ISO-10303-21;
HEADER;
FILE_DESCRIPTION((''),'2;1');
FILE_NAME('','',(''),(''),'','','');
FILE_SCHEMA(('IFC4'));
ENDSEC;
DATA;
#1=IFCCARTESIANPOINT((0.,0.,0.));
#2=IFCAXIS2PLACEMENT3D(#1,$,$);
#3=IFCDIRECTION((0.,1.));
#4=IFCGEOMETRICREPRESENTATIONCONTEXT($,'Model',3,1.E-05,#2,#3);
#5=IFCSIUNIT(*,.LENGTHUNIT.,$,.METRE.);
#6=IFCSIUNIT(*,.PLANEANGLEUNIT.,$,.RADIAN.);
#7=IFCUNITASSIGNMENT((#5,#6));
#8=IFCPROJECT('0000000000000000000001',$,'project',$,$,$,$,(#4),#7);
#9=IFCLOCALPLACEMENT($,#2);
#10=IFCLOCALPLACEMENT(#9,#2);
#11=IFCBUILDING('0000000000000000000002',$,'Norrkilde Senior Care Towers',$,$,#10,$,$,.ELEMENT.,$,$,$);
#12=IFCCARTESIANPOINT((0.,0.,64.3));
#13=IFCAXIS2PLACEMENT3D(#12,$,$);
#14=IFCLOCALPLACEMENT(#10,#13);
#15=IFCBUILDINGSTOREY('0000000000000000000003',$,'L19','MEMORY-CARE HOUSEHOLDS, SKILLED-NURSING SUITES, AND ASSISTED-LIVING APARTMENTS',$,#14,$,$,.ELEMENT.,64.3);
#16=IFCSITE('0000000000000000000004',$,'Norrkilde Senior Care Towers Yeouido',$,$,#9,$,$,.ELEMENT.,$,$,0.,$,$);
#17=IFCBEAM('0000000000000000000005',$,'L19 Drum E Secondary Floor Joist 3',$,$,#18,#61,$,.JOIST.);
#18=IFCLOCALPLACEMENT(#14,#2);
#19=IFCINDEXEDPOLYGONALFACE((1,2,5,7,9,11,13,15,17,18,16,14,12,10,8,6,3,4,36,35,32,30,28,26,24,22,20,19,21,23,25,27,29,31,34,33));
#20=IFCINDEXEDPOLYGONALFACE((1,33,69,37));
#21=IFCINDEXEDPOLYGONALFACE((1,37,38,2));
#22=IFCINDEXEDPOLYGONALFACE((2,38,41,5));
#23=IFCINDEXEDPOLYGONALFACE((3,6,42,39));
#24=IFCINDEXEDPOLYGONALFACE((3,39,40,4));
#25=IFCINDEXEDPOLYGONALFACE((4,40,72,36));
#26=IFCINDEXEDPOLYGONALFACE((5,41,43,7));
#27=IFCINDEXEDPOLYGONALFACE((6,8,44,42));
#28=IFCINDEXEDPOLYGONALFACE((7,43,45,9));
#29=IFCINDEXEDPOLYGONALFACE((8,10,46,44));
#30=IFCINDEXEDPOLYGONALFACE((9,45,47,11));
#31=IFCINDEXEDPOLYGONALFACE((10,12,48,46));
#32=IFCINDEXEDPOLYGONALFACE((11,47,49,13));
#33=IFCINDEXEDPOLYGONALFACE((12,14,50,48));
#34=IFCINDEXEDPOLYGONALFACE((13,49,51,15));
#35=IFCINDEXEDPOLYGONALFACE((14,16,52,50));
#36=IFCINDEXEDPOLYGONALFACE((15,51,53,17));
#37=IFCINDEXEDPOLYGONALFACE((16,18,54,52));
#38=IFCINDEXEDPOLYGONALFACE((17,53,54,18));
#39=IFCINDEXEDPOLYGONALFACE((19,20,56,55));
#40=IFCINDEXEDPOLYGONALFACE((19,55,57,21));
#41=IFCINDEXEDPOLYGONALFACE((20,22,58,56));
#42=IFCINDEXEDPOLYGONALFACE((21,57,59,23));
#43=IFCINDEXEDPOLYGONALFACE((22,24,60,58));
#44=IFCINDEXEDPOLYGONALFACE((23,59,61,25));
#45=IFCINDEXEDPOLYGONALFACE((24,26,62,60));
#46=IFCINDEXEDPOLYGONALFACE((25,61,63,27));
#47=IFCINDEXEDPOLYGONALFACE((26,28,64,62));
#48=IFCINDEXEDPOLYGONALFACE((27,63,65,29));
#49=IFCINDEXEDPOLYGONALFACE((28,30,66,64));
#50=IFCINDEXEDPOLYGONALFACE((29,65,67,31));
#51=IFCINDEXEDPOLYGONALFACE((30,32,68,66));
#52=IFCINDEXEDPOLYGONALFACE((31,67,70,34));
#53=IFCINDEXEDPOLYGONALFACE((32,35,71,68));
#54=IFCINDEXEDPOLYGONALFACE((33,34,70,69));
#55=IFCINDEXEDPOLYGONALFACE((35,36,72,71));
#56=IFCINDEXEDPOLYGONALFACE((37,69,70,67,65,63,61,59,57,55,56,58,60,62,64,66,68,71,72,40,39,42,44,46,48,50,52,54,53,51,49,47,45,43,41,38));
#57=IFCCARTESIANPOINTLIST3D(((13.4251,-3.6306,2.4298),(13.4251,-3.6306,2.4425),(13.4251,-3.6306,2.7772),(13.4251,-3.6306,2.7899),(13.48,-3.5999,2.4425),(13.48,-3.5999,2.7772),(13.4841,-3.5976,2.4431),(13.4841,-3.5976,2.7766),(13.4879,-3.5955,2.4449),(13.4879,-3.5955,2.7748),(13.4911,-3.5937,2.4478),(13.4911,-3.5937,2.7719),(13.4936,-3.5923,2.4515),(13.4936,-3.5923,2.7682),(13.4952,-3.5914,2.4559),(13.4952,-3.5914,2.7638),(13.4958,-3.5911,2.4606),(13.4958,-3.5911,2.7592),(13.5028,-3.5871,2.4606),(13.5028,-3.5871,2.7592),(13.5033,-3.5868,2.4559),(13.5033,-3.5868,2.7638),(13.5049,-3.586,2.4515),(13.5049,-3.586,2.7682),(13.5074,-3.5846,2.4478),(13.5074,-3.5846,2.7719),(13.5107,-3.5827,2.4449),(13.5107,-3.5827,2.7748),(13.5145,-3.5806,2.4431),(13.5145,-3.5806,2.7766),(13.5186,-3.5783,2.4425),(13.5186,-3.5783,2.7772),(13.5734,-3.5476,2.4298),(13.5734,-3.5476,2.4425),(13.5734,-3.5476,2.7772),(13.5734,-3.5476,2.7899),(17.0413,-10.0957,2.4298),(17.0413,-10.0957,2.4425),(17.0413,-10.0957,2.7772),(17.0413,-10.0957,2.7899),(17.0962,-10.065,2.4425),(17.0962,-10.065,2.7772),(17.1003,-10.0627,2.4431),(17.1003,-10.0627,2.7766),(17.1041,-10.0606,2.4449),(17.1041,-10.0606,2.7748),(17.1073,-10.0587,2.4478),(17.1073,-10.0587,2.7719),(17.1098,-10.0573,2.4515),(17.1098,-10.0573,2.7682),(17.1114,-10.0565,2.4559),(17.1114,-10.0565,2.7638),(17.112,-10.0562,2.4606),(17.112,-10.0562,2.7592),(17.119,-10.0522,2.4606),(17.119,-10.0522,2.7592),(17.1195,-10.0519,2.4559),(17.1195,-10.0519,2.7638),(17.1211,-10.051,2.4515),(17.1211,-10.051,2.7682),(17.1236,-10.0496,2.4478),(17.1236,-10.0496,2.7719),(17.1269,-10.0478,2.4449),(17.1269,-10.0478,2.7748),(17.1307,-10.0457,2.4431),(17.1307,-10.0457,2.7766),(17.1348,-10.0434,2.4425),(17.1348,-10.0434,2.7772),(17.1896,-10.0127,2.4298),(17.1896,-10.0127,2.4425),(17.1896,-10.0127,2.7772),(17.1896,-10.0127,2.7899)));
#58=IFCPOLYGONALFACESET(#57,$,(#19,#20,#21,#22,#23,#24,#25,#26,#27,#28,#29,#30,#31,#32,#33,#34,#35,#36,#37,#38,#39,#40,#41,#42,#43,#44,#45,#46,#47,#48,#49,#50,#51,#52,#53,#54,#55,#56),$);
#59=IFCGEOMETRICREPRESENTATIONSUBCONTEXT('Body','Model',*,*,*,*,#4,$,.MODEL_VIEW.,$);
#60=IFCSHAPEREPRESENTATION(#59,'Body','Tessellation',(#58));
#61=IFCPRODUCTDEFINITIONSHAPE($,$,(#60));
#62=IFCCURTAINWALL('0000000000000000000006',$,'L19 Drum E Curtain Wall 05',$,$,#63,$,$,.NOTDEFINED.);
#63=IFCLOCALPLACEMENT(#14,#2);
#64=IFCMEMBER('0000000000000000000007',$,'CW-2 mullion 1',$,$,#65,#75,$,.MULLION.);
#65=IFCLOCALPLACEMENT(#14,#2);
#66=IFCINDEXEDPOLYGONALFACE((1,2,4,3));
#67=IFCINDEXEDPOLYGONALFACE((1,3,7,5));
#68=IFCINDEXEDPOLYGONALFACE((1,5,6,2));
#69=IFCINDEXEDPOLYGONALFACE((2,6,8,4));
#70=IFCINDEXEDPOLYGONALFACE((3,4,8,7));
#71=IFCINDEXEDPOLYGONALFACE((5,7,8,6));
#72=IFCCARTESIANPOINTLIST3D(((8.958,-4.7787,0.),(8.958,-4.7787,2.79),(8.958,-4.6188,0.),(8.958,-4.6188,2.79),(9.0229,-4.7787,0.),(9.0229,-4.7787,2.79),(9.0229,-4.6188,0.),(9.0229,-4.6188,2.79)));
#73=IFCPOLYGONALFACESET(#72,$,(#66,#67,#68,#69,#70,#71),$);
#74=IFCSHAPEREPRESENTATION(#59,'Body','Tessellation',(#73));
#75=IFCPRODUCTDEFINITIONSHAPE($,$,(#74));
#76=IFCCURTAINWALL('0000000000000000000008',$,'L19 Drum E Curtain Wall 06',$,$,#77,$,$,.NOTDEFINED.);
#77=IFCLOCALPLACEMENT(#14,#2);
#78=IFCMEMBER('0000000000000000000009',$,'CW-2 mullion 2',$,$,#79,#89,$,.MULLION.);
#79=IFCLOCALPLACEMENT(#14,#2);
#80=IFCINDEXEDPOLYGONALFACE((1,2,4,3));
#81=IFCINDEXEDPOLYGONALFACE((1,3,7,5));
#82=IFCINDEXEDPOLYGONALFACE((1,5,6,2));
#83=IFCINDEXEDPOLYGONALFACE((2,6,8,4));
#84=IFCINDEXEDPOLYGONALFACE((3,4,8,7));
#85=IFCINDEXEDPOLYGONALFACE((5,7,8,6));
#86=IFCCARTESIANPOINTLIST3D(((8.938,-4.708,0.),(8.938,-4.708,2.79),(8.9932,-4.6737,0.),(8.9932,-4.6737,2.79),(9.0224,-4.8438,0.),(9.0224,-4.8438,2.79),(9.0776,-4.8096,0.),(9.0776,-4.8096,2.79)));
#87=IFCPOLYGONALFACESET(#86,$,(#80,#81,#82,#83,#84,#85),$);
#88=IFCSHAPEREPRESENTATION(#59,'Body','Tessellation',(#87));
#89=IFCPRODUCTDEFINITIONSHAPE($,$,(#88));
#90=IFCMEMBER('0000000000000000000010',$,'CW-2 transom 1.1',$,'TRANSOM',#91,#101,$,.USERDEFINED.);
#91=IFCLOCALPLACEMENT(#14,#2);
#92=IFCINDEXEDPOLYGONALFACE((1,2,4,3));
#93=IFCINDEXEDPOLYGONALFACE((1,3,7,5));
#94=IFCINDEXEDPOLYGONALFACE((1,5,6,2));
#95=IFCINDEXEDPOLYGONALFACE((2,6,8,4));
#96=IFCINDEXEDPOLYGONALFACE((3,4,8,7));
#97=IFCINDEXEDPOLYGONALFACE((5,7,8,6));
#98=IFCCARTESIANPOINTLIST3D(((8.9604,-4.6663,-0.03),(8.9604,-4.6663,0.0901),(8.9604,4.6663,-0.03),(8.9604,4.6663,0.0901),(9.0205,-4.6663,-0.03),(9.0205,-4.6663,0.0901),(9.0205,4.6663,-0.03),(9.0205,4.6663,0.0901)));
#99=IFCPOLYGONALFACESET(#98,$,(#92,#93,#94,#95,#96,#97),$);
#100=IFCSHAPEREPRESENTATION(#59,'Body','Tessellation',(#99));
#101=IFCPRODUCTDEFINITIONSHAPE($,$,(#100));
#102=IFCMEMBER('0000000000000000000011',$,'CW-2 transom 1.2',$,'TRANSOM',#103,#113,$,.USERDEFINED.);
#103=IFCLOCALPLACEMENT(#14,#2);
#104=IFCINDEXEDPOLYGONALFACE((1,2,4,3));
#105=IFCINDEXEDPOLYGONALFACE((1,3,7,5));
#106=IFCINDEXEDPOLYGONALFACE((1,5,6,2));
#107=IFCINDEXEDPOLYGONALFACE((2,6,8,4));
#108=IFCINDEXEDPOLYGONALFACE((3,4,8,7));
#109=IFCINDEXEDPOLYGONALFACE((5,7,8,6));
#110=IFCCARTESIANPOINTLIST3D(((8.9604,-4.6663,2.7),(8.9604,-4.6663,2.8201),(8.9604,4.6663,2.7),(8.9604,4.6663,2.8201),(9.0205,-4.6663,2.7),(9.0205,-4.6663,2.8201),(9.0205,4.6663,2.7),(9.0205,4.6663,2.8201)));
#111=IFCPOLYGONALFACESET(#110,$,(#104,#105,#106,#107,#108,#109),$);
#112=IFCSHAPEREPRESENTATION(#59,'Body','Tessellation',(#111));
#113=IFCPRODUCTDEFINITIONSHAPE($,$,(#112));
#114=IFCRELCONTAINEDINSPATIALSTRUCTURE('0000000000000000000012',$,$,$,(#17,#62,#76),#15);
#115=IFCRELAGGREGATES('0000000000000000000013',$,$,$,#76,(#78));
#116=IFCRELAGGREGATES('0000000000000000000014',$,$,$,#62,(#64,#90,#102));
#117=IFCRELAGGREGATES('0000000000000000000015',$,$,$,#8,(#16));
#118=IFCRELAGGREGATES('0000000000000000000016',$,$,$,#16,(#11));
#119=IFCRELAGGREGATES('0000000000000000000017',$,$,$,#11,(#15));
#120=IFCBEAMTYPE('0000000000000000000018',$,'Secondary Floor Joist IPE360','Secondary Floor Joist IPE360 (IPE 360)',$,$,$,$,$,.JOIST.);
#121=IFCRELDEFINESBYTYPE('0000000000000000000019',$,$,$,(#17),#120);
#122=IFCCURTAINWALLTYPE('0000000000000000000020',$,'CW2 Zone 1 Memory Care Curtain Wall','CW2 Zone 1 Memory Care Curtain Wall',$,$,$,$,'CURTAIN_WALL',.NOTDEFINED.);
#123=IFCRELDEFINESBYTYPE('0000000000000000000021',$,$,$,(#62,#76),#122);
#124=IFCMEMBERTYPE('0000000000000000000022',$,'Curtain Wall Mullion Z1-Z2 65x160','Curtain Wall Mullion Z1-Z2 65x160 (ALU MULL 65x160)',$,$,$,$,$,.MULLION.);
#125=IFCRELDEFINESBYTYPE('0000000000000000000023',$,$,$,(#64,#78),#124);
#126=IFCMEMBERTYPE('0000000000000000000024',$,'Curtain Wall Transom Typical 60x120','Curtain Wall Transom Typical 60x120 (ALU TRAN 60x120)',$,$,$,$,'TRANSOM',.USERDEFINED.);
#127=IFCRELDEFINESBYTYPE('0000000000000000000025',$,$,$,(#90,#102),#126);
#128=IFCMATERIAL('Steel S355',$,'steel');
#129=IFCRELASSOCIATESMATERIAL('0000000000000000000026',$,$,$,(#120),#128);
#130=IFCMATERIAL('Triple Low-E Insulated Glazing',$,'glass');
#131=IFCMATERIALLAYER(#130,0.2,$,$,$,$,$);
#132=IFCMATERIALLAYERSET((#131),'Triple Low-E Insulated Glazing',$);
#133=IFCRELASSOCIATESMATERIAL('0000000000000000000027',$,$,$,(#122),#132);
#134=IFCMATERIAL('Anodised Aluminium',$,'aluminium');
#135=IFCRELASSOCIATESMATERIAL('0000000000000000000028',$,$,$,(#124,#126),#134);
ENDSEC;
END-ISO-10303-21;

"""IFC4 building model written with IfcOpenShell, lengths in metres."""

from ifc_helpers import new_model, si_unit, direction, frame, origin, origin_2d, place, context, subcontext, project, spatial, rectangle, i_section, extrude, source, transform, mapped, material, layer, layer_set, material_profile, profile_set, type_object, type_shapes, element, aggregate, save


model = new_model("IFC4")

# Units and contexts
model_context = context("Model", 3, precision=1e-05, world=origin(), true_north=direction((0.0, 1.0)))
body_context = subcontext(model_context, "Body", "Model", "MODEL_VIEW")
ifc_project = project(units=[si_unit("LENGTHUNIT", "METRE"), si_unit("PLANEANGLEUNIT", "RADIAN")], contexts=[model_context])

# Site, building, storey
site_placement = place(None, origin())
site = spatial("IfcSite", under=ifc_project, at=site_placement, Name="Norrkilde Senior Care Towers Yeouido", CompositionType="ELEMENT", RefElevation=0.0)
building_placement = place(site_placement, origin())
building = spatial("IfcBuilding", under=site, at=building_placement, Name="Norrkilde Senior Care Towers", CompositionType="ELEMENT")
storey_placement = place(building_placement, frame((0.0, 0.0, 64.3)))
storey = spatial("IfcBuildingStorey", under=building, at=storey_placement, Name="L19", Description="MEMORY-CARE HOUSEHOLDS, SKILLED-NURSING SUITES, AND ASSISTED-LIVING APARTMENTS", CompositionType="ELEMENT", Elevation=64.3)

# Beam
ifc_material_1 = material(Name="Steel S355", Category="steel")
ifc_material_profile_1 = material_profile(ifc_material_1, i_section(OverallWidth=0.1699, OverallDepth=0.3601, WebThickness=0.0081, FlangeThickness=0.0127, FilletRadius=0.0181, at=origin_2d()), Name="IPE 360")
ifc_profile_set_1 = profile_set([ifc_material_profile_1], Name="Steel S355")
beam_type_1 = type_object("IfcBeamType", Name="Secondary Floor Joist IPE360", Description="Secondary Floor Joist IPE360 (IPE 360)", PredefinedType="JOIST", material=ifc_profile_set_1)
shared_shape_1 = source(origin(), body_context, "Body", "SweptSolid", [
    extrude(i_section(OverallWidth=0.1699, OverallDepth=0.3601, WebThickness=0.0081, FlangeThickness=0.0127, FilletRadius=0.0181, at=origin_2d()), origin(), (0.0, 0.0, 1.0), 7.4077),
])
type_shapes(beam_type_1, [shared_shape_1])
beam_1_placement = place(storey_placement, frame((13.4993, -3.5891, 2.6099), z_axis=(0.488168, -0.87275, 0.0), x_axis=(0.87275, 0.488168, 0.0)))
element("IfcBeam", 1, at=beam_1_placement, inside=storey, type_object=beam_type_1, Name="L19 Drum E Secondary Floor Joist 3", PredefinedType="JOIST", context=body_context, shape_type="MappedRepresentation", body=[
    mapped(shared_shape_1, transform((0.0, 0.0, 0.0), x_axis=(1.0, 0.0, 0.0), y_axis=(0.0, 1.0, 0.0), z_axis=(0.0, 0.0, 1.0), scale=1.0)),
])

# Curtain walls, members
ifc_material_2 = material(Name="Triple Low-E Insulated Glazing", Category="glass")
ifc_layer_1 = layer(ifc_material_2, 0.2)
ifc_layer_set_1 = layer_set([ifc_layer_1], Name="Triple Low-E Insulated Glazing")
curtain_wall_type = type_object("IfcCurtainWallType", Name="CW2 Zone 1 Memory Care Curtain Wall", Description="CW2 Zone 1 Memory Care Curtain Wall", ElementType="CURTAIN_WALL", PredefinedType="NOTDEFINED", material=ifc_layer_set_1)
curtain_wall_1_placement = place(storey_placement, origin())
curtain_wall_1 = element("IfcCurtainWall", 2, at=curtain_wall_1_placement, inside=storey, type_object=curtain_wall_type, Name="L19 Drum E Curtain Wall 05", PredefinedType="NOTDEFINED")
ifc_material_3 = material(Name="Anodised Aluminium", Category="aluminium")
ifc_material_profile_2 = material_profile(ifc_material_3, rectangle(XDim=0.0649, YDim=0.1599, at=origin_2d()), Name="ALU MULL 65x160")
ifc_profile_set_2 = profile_set([ifc_material_profile_2], Name="Anodised Aluminium")
member_type_1 = type_object("IfcMemberType", Name="Curtain Wall Mullion Z1-Z2 65x160", Description="Curtain Wall Mullion Z1-Z2 65x160 (ALU MULL 65x160)", PredefinedType="MULLION", material=ifc_profile_set_2)
shared_shape_2 = source(origin(), body_context, "Body", "SweptSolid", [
    extrude(rectangle(XDim=0.0649, YDim=0.1599, at=origin_2d()), origin(), (0.0, 0.0, 1.0), 2.79),
])
type_shapes(member_type_1, [shared_shape_2])
member_1_placement = place(storey_placement, frame((8.9905, -4.6987, 0.0), z_axis=(0.0, 0.0, 1.0), x_axis=(-1.0, 0.0, 0.0)))
member_1 = element("IfcMember", 3, at=member_1_placement, type_object=member_type_1, Name="CW-2 mullion 1", PredefinedType="MULLION", context=body_context, shape_type="MappedRepresentation", body=[
    mapped(shared_shape_2, transform((0.0, 0.0, 0.0), x_axis=(1.0, 0.0, 0.0), y_axis=(0.0, 1.0, 0.0), z_axis=(0.0, 0.0, 1.0), scale=1.0)),
])
curtain_wall_2_placement = place(storey_placement, origin())
curtain_wall_2 = element("IfcCurtainWall", 4, at=curtain_wall_2_placement, inside=storey, type_object=curtain_wall_type, Name="L19 Drum E Curtain Wall 06", PredefinedType="NOTDEFINED")
member_2_placement = place(storey_placement, frame((9.0078, -4.7588, 0.0), z_axis=(0.0, 0.0, 1.0), x_axis=(-0.849306, -0.527901, 0.0)))
member_2 = element("IfcMember", 5, at=member_2_placement, type_object=member_type_1, Name="CW-2 mullion 2", PredefinedType="MULLION", context=body_context, shape_type="MappedRepresentation", body=[
    mapped(shared_shape_2, transform((0.0, 0.0, 0.0), x_axis=(1.0, 0.0, 0.0), y_axis=(0.0, 1.0, 0.0), z_axis=(0.0, 0.0, 1.0), scale=1.0)),
])
aggregate(curtain_wall_2, [member_2])

# Members
ifc_material_profile_3 = material_profile(ifc_material_3, rectangle(XDim=0.0601, YDim=0.1201, at=origin_2d()), Name="ALU TRAN 60x120")
ifc_profile_set_3 = profile_set([ifc_material_profile_3], Name="Anodised Aluminium")
member_type_2 = type_object("IfcMemberType", Name="Curtain Wall Transom Typical 60x120", Description="Curtain Wall Transom Typical 60x120 (ALU TRAN 60x120)", ElementType="TRANSOM", PredefinedType="USERDEFINED", material=ifc_profile_set_3)
shared_shape_3 = source(origin(), body_context, "Body", "SweptSolid", [
    extrude(rectangle(XDim=0.0601, YDim=0.1201, at=origin_2d()), origin(), (0.0, 0.0, 1.0), 9.3325),
])
type_shapes(member_type_2, [shared_shape_3])
member_3_placement = place(storey_placement, frame((8.9905, -4.6663, 0.03), z_axis=(0.0, 1.0, 0.0), x_axis=(-1.0, 0.0, 0.0)))
member_3 = element("IfcMember", 6, at=member_3_placement, type_object=member_type_2, Name="CW-2 transom 1.1", ObjectType="TRANSOM", PredefinedType="USERDEFINED", context=body_context, shape_type="MappedRepresentation", body=[
    mapped(shared_shape_3, transform((0.0, 0.0, 0.0), x_axis=(1.0, 0.0, 0.0), y_axis=(0.0, 1.0, 0.0), z_axis=(0.0, 0.0, 1.0), scale=1.0)),
])
member_4_placement = place(storey_placement, frame((8.9905, -4.6663, 2.76), z_axis=(0.0, 1.0, 0.0), x_axis=(-1.0, 0.0, 0.0)))
member_4 = element("IfcMember", 7, at=member_4_placement, type_object=member_type_2, Name="CW-2 transom 1.2", ObjectType="TRANSOM", PredefinedType="USERDEFINED", context=body_context, shape_type="MappedRepresentation", body=[
    mapped(shared_shape_3, transform((0.0, 0.0, 0.0), x_axis=(1.0, 0.0, 0.0), y_axis=(0.0, 1.0, 0.0), z_axis=(0.0, 0.0, 1.0), scale=1.0)),
])
aggregate(curtain_wall_1, [member_1, member_3, member_4])

save(model, "model.ifc")
